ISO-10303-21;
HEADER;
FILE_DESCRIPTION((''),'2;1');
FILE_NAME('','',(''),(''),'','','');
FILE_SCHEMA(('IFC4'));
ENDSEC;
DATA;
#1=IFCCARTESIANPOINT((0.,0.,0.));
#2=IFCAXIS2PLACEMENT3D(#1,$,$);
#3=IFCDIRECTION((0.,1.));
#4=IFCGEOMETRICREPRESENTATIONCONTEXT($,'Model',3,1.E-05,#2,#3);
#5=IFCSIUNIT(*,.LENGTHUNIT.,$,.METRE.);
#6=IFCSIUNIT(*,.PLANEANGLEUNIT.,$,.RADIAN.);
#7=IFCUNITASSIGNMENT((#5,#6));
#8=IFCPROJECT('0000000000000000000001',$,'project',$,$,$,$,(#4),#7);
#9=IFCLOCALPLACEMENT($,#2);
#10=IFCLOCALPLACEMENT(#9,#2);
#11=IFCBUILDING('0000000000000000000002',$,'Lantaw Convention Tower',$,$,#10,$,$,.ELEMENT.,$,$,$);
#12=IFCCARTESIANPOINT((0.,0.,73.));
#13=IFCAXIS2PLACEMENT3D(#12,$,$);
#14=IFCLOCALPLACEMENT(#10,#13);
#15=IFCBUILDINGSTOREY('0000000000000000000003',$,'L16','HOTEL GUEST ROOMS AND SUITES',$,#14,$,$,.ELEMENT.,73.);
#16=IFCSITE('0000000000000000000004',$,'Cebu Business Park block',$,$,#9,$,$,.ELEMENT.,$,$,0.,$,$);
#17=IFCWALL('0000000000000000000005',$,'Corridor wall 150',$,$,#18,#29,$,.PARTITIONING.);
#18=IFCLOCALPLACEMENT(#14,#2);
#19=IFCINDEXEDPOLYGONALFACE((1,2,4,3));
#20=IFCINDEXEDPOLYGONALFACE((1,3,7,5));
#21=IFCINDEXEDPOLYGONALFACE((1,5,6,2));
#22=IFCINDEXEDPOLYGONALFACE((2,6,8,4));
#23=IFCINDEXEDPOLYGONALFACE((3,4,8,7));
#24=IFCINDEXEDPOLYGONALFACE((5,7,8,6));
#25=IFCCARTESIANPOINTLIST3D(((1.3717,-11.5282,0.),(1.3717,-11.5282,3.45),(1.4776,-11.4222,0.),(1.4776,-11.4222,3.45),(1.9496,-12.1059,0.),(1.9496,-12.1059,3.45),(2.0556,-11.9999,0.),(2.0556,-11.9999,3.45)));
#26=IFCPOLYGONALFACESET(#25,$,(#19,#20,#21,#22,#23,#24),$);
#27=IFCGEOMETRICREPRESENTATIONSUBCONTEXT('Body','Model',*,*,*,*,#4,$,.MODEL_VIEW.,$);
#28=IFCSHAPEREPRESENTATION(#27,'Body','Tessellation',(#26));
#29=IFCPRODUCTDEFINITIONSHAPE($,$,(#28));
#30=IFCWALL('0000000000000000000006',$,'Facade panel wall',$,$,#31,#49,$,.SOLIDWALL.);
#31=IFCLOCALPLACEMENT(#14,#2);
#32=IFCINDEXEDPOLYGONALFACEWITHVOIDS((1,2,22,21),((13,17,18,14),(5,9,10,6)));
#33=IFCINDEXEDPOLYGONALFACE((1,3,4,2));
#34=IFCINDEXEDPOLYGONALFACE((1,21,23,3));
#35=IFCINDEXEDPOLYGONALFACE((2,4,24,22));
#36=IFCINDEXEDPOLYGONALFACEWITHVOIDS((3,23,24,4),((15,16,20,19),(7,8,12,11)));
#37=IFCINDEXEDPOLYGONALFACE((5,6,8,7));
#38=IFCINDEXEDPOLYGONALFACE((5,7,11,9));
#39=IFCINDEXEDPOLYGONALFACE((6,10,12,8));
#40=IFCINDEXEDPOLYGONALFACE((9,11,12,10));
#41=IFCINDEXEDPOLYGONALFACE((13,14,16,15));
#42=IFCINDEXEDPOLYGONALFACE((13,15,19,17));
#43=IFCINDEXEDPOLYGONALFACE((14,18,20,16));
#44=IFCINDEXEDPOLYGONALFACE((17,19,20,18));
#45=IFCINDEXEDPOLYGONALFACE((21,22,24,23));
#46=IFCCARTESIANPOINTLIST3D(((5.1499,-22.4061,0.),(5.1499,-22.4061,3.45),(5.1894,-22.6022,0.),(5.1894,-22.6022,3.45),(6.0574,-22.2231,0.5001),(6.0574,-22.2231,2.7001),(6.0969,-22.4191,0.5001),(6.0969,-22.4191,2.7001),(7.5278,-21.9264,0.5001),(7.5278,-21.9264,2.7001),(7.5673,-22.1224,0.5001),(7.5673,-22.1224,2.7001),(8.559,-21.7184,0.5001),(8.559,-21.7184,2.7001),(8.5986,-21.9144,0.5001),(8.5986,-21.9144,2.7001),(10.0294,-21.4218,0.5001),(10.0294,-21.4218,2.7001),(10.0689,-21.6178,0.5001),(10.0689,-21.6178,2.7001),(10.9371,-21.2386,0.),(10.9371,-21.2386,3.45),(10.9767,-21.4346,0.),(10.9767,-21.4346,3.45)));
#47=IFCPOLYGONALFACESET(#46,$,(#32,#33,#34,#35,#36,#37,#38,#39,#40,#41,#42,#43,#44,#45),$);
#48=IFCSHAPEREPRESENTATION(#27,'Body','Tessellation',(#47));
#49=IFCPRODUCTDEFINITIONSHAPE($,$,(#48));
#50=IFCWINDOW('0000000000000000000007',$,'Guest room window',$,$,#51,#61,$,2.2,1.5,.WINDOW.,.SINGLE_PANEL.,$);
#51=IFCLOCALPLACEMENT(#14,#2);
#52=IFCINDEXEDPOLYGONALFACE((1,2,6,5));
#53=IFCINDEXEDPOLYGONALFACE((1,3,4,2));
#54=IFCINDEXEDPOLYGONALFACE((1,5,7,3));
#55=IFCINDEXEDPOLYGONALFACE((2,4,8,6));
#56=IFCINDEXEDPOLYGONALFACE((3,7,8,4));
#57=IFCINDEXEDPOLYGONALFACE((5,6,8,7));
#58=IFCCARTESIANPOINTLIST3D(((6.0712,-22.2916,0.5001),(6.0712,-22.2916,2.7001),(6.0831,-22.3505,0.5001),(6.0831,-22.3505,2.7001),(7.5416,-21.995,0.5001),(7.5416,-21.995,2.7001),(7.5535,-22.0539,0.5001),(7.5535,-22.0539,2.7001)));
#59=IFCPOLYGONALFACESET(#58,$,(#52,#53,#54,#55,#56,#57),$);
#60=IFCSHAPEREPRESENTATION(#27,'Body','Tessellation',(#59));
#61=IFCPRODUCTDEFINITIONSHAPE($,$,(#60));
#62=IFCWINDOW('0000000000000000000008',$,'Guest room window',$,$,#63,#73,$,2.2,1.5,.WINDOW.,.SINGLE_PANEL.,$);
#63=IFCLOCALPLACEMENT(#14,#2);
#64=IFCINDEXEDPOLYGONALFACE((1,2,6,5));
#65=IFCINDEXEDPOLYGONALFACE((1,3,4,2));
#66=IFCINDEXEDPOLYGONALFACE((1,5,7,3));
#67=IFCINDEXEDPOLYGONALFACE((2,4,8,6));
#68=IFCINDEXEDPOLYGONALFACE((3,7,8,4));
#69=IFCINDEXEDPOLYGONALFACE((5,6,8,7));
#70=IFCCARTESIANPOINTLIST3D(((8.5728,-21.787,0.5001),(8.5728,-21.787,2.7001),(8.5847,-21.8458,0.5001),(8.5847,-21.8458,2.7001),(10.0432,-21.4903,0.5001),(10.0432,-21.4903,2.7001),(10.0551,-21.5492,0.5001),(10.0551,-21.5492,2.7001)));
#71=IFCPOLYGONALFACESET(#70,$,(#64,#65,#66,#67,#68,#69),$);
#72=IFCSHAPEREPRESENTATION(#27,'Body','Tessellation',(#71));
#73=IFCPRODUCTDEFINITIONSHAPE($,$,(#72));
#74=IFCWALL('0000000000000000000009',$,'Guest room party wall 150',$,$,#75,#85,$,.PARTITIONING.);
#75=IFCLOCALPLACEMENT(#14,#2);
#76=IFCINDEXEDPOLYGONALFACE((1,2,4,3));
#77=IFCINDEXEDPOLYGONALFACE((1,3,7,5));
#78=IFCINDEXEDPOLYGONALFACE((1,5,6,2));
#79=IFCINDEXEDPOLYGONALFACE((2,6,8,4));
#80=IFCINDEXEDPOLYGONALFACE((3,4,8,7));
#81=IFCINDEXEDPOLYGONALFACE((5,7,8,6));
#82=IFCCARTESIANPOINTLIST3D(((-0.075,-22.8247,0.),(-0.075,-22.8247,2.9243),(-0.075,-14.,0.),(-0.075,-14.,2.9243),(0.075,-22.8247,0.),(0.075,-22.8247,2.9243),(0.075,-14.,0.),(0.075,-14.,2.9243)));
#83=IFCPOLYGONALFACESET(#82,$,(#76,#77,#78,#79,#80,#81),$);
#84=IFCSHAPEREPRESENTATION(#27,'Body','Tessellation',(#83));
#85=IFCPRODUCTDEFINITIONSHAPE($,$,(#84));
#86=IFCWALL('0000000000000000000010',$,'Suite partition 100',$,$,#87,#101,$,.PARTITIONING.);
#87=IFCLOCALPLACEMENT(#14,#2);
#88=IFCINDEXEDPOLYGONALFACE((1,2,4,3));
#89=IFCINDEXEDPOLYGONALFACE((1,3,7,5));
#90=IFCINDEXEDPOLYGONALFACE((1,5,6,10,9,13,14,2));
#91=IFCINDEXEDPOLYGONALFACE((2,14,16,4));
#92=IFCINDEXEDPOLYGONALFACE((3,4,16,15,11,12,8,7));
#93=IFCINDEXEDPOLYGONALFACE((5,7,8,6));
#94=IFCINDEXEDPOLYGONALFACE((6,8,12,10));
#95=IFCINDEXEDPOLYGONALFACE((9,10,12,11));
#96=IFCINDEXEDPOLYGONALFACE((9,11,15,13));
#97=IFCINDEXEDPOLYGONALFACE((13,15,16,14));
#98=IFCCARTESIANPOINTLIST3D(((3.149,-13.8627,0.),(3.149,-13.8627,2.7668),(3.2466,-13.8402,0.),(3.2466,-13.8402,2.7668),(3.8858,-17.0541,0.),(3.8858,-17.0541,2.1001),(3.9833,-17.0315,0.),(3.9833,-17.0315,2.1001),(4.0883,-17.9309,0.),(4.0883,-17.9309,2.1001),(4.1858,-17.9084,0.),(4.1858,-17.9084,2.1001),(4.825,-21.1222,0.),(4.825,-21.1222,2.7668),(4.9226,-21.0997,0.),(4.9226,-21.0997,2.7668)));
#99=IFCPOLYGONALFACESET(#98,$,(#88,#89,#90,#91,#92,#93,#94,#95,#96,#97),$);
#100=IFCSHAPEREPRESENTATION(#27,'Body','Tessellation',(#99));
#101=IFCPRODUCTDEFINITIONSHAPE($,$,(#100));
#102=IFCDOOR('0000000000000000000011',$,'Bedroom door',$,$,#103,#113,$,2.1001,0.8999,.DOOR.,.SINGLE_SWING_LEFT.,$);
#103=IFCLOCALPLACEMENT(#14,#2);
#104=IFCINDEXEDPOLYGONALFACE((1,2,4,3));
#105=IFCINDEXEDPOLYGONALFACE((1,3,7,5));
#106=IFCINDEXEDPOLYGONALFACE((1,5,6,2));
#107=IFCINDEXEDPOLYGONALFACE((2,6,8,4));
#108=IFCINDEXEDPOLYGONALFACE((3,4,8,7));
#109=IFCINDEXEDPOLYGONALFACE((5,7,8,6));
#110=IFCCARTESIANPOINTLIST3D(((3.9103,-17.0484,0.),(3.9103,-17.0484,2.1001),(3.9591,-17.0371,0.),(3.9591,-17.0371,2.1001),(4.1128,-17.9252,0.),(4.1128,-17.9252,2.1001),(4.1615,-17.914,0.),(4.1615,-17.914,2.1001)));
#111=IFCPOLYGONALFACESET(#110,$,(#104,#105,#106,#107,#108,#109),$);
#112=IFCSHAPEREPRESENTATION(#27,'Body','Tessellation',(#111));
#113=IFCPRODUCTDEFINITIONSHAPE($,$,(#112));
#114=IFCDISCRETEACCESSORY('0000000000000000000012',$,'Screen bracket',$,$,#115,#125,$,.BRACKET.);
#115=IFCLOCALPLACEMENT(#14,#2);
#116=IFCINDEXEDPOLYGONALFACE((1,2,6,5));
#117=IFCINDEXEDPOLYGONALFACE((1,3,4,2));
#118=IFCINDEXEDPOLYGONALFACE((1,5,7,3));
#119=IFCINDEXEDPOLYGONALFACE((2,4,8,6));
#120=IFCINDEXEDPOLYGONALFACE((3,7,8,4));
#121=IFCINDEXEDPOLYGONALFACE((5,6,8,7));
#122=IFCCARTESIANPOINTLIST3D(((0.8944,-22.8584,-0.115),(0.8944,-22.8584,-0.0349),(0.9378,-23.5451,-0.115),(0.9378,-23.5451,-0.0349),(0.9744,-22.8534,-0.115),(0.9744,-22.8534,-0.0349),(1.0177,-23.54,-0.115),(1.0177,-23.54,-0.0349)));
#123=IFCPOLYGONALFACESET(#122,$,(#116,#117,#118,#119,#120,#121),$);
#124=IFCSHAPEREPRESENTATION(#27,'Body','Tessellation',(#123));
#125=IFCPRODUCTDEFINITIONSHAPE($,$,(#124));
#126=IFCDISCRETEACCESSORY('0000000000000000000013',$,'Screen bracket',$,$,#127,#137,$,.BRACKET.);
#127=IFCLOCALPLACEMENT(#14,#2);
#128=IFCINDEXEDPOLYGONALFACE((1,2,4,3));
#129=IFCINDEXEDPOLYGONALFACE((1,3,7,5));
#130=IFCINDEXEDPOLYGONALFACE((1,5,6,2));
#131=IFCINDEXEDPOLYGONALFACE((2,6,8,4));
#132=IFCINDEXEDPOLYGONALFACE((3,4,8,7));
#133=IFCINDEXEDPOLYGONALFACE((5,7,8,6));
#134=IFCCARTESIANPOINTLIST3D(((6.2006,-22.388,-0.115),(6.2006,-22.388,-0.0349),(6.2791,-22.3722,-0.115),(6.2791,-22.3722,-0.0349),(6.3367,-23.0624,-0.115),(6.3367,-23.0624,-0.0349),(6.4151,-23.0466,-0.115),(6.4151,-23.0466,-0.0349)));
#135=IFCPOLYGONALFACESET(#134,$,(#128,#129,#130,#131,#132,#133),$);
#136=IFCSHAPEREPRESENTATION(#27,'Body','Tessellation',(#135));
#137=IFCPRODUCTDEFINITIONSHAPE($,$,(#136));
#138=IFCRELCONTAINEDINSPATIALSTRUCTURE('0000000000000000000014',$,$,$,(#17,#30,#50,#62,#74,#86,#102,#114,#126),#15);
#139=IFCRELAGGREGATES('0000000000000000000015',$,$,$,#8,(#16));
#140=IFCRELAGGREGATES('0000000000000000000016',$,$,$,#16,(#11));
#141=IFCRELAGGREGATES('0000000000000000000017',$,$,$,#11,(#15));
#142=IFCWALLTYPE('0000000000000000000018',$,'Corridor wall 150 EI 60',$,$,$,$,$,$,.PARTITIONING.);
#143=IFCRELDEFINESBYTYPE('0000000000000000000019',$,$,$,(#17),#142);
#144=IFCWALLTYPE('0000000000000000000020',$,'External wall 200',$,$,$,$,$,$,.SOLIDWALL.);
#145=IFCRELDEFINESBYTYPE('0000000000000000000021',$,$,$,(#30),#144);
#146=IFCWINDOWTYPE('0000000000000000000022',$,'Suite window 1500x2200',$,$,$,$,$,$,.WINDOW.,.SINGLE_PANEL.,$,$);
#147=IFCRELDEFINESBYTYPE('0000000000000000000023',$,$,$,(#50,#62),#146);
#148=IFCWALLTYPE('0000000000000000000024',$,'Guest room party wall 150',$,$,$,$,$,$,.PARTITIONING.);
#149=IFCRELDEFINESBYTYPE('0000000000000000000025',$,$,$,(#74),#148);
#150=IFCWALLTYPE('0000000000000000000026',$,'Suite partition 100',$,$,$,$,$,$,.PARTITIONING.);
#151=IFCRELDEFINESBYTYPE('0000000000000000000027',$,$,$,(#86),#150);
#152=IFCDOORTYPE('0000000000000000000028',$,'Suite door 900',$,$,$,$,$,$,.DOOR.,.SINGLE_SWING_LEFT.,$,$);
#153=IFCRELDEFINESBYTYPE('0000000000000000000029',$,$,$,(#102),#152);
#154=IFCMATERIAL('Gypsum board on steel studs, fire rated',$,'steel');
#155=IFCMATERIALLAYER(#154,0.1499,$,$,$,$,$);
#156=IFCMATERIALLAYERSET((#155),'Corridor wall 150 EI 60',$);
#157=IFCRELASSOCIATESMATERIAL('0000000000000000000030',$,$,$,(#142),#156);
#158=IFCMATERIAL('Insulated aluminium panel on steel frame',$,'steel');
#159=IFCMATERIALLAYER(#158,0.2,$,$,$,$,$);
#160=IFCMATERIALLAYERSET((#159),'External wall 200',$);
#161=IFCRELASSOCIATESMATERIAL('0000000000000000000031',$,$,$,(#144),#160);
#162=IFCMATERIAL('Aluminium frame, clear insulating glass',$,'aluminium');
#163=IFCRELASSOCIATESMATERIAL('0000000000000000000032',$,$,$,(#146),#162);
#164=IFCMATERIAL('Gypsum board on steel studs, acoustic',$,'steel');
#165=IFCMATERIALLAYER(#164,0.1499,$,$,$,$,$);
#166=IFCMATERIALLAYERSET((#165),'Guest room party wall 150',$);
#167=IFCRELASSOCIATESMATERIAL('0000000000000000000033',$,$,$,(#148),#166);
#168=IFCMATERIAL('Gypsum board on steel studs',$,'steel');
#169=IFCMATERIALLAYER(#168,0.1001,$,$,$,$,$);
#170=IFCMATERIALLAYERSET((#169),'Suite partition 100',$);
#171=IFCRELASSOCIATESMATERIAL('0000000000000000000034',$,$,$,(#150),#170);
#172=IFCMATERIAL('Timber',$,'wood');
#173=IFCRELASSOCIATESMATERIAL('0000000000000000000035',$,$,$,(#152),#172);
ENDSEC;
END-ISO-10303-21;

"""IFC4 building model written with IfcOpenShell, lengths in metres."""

from ifc_helpers import new_model, si_unit, direction, frame, frame_2d, origin, origin_2d, place, context, subcontext, project, spatial, rectangle, extrude, material, layer, layer_set, type_object, element, fill, save


model = new_model("IFC4")

# Units and contexts
model_context = context("Model", 3, precision=1e-05, world=origin(), true_north=direction((0.0, 1.0)))
body_context = subcontext(model_context, "Body", "Model", "MODEL_VIEW")
ifc_project = project(units=[si_unit("LENGTHUNIT", "METRE"), si_unit("PLANEANGLEUNIT", "RADIAN")], contexts=[model_context])

# Site, building, storey
site_placement = place(None, origin())
site = spatial("IfcSite", under=ifc_project, at=site_placement, Name="Cebu Business Park block", CompositionType="ELEMENT", RefElevation=0.0)
building_placement = place(site_placement, origin())
building = spatial("IfcBuilding", under=site, at=building_placement, Name="Lantaw Convention Tower", CompositionType="ELEMENT")
storey_placement = place(building_placement, frame((0.0, 0.0, 73.0)))
storey = spatial("IfcBuildingStorey", under=building, at=storey_placement, Name="L16", Description="HOTEL GUEST ROOMS AND SUITES", CompositionType="ELEMENT", Elevation=73.0)

# Shared definitions
ifc_material_1 = material(Name="Timber", Category="wood")

# Shared definitions
ifc_material_2 = material(Name="Gypsum board on steel studs, fire rated", Category="steel")
ifc_layer_1 = layer(ifc_material_2, 0.1499)
ifc_layer_set_1 = layer_set([ifc_layer_1], Name="Corridor wall 150 EI 60")
wall_type_1 = type_object("IfcWallType", Name="Corridor wall 150 EI 60", PredefinedType="PARTITIONING", material=ifc_layer_set_1)

# Wall
wall_1_placement = place(storey_placement, frame((1.4246, -11.4751, 0.0), z_axis=(0.0, 0.0, 1.0), x_axis=(0.707256, -0.706957, 0.0)))
element("IfcWall", 1, at=wall_1_placement, inside=storey, type_object=wall_type_1, Name="Corridor wall 150", PredefinedType="PARTITIONING", context=body_context, shape_type="SweptSolid", body=[
    extrude(rectangle(XDim=0.8171, YDim=0.1499, at=frame_2d((0.4087, 0.0))), origin(), (0.0, 0.0, 1.0), 3.45),
])

# Wall, openings, windows
ifc_material_3 = material(Name="Insulated aluminium panel on steel frame", Category="steel")
ifc_layer_2 = layer(ifc_material_3, 0.2)
ifc_layer_set_2 = layer_set([ifc_layer_2], Name="External wall 200")
wall_type_2 = type_object("IfcWallType", Name="External wall 200", PredefinedType="SOLIDWALL", material=ifc_layer_set_2)
wall_2_placement = place(storey_placement, frame((5.1697, -22.5042, 0.0), z_axis=(0.0, 0.0, 1.0), x_axis=(0.980252, 0.197754, 0.0)))
wall_2 = element("IfcWall", 2, at=wall_2_placement, inside=storey, type_object=wall_type_2, Name="Facade panel wall", PredefinedType="SOLIDWALL", context=body_context, shape_type="SweptSolid", body=[
    extrude(rectangle(XDim=5.9038, YDim=0.2, at=frame_2d((2.9519, 0.0))), origin(), (0.0, 0.0, 1.0), 3.45),
])
opening_1_placement = place(wall_2_placement, frame((0.9258, 0.0, 0.5)))
opening_1 = element("IfcOpeningElement", 3, at=opening_1_placement, cuts=wall_2, PredefinedType="OPENING", context=body_context, shape_type="SweptSolid", body=[
    extrude(rectangle(XDim=1.5, YDim=2.2, at=frame_2d((0.75, 1.1001))), frame((0.0, 0.1099, 0.0), z_axis=(0.0, -1.0, 0.0), x_axis=(1.0, 0.0, 0.0)), (0.0, 0.0, 1.0), 0.22),
])
opening_2_placement = place(wall_2_placement, frame((3.4778, 0.0, 0.5)))
opening_2 = element("IfcOpeningElement", 4, at=opening_2_placement, cuts=wall_2, PredefinedType="OPENING", context=body_context, shape_type="SweptSolid", body=[
    extrude(rectangle(XDim=1.5, YDim=2.2, at=frame_2d((0.75, 1.1001))), frame((0.0, 0.1099, 0.0), z_axis=(0.0, -1.0, 0.0), x_axis=(1.0, 0.0, 0.0)), (0.0, 0.0, 1.0), 0.22),
])
ifc_material_4 = material(Name="Aluminium frame, clear insulating glass", Category="aluminium")
window_type = type_object("IfcWindowType", Name="Suite window 1500x2200", PartitioningType="SINGLE_PANEL", PredefinedType="WINDOW", material=ifc_material_4)
window_1_placement = place(opening_1_placement, origin())
window_1 = element("IfcWindow", 5, at=window_1_placement, inside=storey, type_object=window_type, Name="Guest room window", OverallHeight=2.2, OverallWidth=1.5, PartitioningType="SINGLE_PANEL", PredefinedType="WINDOW", context=body_context, shape_type="SweptSolid", body=[
    extrude(rectangle(XDim=1.5, YDim=2.2, at=frame_2d((0.75, 1.1001))), frame((0.0, 0.03, 0.0), z_axis=(0.0, -1.0, 0.0), x_axis=(1.0, 0.0, 0.0)), (0.0, 0.0, 1.0), 0.0601),
])
fill(opening_1, window_1)
window_2_placement = place(opening_2_placement, origin())
window_2 = element("IfcWindow", 6, at=window_2_placement, inside=storey, type_object=window_type, Name="Guest room window", OverallHeight=2.2, OverallWidth=1.5, PartitioningType="SINGLE_PANEL", PredefinedType="WINDOW", context=body_context, shape_type="SweptSolid", body=[
    extrude(rectangle(XDim=1.5, YDim=2.2, at=frame_2d((0.75, 1.1001))), frame((0.0, 0.03, 0.0), z_axis=(0.0, -1.0, 0.0), x_axis=(1.0, 0.0, 0.0)), (0.0, 0.0, 1.0), 0.0601),
])
fill(opening_2, window_2)

# Wall
ifc_material_5 = material(Name="Gypsum board on steel studs, acoustic", Category="steel")
ifc_layer_3 = layer(ifc_material_5, 0.1499)
ifc_layer_set_3 = layer_set([ifc_layer_3], Name="Guest room party wall 150")
wall_type_3 = type_object("IfcWallType", Name="Guest room party wall 150", PredefinedType="PARTITIONING", material=ifc_layer_set_3)
wall_3_placement = place(storey_placement, frame((0.0, -22.8247, 0.0), z_axis=(0.0, 0.0, 1.0), x_axis=(0.0, 1.0, 0.0)))
element("IfcWall", 7, at=wall_3_placement, inside=storey, type_object=wall_type_3, Name="Guest room party wall 150", PredefinedType="PARTITIONING", context=body_context, shape_type="SweptSolid", body=[
    extrude(rectangle(XDim=8.8247, YDim=0.1499, at=frame_2d((4.4124, 0.0))), origin(), (0.0, 0.0, 1.0), 2.9243),
])

# Wall, opening, door
ifc_material_6 = material(Name="Gypsum board on steel studs", Category="steel")
ifc_layer_4 = layer(ifc_material_6, 0.1001)
ifc_layer_set_4 = layer_set([ifc_layer_4], Name="Suite partition 100")
wall_type_4 = type_object("IfcWallType", Name="Suite partition 100", PredefinedType="PARTITIONING", material=ifc_layer_set_4)
wall_4_placement = place(storey_placement, frame((4.8738, -21.1108, 0.0), z_axis=(0.0, 0.0, 1.0), x_axis=(-0.224955, 0.974369, 0.0)))
wall_4 = element("IfcWall", 8, at=wall_4_placement, inside=storey, type_object=wall_type_4, Name="Suite partition 100", PredefinedType="PARTITIONING", context=body_context, shape_type="SweptSolid", body=[
    extrude(rectangle(XDim=7.4504, YDim=0.1001, at=frame_2d((3.7251, 0.0))), origin(), (0.0, 0.0, 1.0), 2.7668),
])
opening_3_placement = place(wall_4_placement, frame((3.2751, 0.0, 0.0)))
opening_3 = element("IfcOpeningElement", 9, at=opening_3_placement, cuts=wall_4, PredefinedType="OPENING", context=body_context, shape_type="SweptSolid", body=[
    extrude(rectangle(XDim=0.8999, YDim=2.1001, at=frame_2d((0.45, 1.05))), frame((0.0, 0.0601, 0.0), z_axis=(0.0, -1.0, 0.0), x_axis=(1.0, 0.0, 0.0)), (0.0, 0.0, 1.0), 0.1201),
])
door_type_1 = type_object("IfcDoorType", Name="Suite door 900", OperationType="SINGLE_SWING_LEFT", PredefinedType="DOOR", material=ifc_material_1)
door_1_placement = place(opening_3_placement, origin())
door_1 = element("IfcDoor", 10, at=door_1_placement, inside=storey, type_object=door_type_1, Name="Bedroom door", OperationType="SINGLE_SWING_LEFT", OverallHeight=2.1001, OverallWidth=0.8999, PredefinedType="DOOR", context=body_context, shape_type="SweptSolid", body=[
    extrude(rectangle(XDim=0.8999, YDim=2.1001, at=frame_2d((0.45, 1.05))), frame((0.0, 0.0249, 0.0), z_axis=(0.0, -1.0, 0.0), x_axis=(1.0, 0.0, 0.0)), (0.0, 0.0, 1.0), 0.05),
])
fill(opening_3, door_1)

# Discrete accessories
for number, where, z_axis, x_axis, name in (
    (11, (0.9561, -23.1992, -0.115), (0.0, 0.0, 1.0), (0.998016, 0.062958, 0.0), "Screen bracket"),
    (12, (6.3079, -22.7173, -0.115), (0.0, 0.0, 1.0), (0.980245, 0.197789, 0.0), "Screen bracket"),
):
    element("IfcDiscreteAccessory", number, at=place(storey_placement, frame(where, z_axis=z_axis, x_axis=x_axis)), inside=storey, Name=name, PredefinedType="BRACKET", context=body_context, shape_type="SweptSolid", body=[
        extrude(rectangle(XDim=0.0801, YDim=0.688, at=origin_2d()), origin(), (0.0, 0.0, 1.0), 0.0801),
    ])

save(model, "model.ifc")
